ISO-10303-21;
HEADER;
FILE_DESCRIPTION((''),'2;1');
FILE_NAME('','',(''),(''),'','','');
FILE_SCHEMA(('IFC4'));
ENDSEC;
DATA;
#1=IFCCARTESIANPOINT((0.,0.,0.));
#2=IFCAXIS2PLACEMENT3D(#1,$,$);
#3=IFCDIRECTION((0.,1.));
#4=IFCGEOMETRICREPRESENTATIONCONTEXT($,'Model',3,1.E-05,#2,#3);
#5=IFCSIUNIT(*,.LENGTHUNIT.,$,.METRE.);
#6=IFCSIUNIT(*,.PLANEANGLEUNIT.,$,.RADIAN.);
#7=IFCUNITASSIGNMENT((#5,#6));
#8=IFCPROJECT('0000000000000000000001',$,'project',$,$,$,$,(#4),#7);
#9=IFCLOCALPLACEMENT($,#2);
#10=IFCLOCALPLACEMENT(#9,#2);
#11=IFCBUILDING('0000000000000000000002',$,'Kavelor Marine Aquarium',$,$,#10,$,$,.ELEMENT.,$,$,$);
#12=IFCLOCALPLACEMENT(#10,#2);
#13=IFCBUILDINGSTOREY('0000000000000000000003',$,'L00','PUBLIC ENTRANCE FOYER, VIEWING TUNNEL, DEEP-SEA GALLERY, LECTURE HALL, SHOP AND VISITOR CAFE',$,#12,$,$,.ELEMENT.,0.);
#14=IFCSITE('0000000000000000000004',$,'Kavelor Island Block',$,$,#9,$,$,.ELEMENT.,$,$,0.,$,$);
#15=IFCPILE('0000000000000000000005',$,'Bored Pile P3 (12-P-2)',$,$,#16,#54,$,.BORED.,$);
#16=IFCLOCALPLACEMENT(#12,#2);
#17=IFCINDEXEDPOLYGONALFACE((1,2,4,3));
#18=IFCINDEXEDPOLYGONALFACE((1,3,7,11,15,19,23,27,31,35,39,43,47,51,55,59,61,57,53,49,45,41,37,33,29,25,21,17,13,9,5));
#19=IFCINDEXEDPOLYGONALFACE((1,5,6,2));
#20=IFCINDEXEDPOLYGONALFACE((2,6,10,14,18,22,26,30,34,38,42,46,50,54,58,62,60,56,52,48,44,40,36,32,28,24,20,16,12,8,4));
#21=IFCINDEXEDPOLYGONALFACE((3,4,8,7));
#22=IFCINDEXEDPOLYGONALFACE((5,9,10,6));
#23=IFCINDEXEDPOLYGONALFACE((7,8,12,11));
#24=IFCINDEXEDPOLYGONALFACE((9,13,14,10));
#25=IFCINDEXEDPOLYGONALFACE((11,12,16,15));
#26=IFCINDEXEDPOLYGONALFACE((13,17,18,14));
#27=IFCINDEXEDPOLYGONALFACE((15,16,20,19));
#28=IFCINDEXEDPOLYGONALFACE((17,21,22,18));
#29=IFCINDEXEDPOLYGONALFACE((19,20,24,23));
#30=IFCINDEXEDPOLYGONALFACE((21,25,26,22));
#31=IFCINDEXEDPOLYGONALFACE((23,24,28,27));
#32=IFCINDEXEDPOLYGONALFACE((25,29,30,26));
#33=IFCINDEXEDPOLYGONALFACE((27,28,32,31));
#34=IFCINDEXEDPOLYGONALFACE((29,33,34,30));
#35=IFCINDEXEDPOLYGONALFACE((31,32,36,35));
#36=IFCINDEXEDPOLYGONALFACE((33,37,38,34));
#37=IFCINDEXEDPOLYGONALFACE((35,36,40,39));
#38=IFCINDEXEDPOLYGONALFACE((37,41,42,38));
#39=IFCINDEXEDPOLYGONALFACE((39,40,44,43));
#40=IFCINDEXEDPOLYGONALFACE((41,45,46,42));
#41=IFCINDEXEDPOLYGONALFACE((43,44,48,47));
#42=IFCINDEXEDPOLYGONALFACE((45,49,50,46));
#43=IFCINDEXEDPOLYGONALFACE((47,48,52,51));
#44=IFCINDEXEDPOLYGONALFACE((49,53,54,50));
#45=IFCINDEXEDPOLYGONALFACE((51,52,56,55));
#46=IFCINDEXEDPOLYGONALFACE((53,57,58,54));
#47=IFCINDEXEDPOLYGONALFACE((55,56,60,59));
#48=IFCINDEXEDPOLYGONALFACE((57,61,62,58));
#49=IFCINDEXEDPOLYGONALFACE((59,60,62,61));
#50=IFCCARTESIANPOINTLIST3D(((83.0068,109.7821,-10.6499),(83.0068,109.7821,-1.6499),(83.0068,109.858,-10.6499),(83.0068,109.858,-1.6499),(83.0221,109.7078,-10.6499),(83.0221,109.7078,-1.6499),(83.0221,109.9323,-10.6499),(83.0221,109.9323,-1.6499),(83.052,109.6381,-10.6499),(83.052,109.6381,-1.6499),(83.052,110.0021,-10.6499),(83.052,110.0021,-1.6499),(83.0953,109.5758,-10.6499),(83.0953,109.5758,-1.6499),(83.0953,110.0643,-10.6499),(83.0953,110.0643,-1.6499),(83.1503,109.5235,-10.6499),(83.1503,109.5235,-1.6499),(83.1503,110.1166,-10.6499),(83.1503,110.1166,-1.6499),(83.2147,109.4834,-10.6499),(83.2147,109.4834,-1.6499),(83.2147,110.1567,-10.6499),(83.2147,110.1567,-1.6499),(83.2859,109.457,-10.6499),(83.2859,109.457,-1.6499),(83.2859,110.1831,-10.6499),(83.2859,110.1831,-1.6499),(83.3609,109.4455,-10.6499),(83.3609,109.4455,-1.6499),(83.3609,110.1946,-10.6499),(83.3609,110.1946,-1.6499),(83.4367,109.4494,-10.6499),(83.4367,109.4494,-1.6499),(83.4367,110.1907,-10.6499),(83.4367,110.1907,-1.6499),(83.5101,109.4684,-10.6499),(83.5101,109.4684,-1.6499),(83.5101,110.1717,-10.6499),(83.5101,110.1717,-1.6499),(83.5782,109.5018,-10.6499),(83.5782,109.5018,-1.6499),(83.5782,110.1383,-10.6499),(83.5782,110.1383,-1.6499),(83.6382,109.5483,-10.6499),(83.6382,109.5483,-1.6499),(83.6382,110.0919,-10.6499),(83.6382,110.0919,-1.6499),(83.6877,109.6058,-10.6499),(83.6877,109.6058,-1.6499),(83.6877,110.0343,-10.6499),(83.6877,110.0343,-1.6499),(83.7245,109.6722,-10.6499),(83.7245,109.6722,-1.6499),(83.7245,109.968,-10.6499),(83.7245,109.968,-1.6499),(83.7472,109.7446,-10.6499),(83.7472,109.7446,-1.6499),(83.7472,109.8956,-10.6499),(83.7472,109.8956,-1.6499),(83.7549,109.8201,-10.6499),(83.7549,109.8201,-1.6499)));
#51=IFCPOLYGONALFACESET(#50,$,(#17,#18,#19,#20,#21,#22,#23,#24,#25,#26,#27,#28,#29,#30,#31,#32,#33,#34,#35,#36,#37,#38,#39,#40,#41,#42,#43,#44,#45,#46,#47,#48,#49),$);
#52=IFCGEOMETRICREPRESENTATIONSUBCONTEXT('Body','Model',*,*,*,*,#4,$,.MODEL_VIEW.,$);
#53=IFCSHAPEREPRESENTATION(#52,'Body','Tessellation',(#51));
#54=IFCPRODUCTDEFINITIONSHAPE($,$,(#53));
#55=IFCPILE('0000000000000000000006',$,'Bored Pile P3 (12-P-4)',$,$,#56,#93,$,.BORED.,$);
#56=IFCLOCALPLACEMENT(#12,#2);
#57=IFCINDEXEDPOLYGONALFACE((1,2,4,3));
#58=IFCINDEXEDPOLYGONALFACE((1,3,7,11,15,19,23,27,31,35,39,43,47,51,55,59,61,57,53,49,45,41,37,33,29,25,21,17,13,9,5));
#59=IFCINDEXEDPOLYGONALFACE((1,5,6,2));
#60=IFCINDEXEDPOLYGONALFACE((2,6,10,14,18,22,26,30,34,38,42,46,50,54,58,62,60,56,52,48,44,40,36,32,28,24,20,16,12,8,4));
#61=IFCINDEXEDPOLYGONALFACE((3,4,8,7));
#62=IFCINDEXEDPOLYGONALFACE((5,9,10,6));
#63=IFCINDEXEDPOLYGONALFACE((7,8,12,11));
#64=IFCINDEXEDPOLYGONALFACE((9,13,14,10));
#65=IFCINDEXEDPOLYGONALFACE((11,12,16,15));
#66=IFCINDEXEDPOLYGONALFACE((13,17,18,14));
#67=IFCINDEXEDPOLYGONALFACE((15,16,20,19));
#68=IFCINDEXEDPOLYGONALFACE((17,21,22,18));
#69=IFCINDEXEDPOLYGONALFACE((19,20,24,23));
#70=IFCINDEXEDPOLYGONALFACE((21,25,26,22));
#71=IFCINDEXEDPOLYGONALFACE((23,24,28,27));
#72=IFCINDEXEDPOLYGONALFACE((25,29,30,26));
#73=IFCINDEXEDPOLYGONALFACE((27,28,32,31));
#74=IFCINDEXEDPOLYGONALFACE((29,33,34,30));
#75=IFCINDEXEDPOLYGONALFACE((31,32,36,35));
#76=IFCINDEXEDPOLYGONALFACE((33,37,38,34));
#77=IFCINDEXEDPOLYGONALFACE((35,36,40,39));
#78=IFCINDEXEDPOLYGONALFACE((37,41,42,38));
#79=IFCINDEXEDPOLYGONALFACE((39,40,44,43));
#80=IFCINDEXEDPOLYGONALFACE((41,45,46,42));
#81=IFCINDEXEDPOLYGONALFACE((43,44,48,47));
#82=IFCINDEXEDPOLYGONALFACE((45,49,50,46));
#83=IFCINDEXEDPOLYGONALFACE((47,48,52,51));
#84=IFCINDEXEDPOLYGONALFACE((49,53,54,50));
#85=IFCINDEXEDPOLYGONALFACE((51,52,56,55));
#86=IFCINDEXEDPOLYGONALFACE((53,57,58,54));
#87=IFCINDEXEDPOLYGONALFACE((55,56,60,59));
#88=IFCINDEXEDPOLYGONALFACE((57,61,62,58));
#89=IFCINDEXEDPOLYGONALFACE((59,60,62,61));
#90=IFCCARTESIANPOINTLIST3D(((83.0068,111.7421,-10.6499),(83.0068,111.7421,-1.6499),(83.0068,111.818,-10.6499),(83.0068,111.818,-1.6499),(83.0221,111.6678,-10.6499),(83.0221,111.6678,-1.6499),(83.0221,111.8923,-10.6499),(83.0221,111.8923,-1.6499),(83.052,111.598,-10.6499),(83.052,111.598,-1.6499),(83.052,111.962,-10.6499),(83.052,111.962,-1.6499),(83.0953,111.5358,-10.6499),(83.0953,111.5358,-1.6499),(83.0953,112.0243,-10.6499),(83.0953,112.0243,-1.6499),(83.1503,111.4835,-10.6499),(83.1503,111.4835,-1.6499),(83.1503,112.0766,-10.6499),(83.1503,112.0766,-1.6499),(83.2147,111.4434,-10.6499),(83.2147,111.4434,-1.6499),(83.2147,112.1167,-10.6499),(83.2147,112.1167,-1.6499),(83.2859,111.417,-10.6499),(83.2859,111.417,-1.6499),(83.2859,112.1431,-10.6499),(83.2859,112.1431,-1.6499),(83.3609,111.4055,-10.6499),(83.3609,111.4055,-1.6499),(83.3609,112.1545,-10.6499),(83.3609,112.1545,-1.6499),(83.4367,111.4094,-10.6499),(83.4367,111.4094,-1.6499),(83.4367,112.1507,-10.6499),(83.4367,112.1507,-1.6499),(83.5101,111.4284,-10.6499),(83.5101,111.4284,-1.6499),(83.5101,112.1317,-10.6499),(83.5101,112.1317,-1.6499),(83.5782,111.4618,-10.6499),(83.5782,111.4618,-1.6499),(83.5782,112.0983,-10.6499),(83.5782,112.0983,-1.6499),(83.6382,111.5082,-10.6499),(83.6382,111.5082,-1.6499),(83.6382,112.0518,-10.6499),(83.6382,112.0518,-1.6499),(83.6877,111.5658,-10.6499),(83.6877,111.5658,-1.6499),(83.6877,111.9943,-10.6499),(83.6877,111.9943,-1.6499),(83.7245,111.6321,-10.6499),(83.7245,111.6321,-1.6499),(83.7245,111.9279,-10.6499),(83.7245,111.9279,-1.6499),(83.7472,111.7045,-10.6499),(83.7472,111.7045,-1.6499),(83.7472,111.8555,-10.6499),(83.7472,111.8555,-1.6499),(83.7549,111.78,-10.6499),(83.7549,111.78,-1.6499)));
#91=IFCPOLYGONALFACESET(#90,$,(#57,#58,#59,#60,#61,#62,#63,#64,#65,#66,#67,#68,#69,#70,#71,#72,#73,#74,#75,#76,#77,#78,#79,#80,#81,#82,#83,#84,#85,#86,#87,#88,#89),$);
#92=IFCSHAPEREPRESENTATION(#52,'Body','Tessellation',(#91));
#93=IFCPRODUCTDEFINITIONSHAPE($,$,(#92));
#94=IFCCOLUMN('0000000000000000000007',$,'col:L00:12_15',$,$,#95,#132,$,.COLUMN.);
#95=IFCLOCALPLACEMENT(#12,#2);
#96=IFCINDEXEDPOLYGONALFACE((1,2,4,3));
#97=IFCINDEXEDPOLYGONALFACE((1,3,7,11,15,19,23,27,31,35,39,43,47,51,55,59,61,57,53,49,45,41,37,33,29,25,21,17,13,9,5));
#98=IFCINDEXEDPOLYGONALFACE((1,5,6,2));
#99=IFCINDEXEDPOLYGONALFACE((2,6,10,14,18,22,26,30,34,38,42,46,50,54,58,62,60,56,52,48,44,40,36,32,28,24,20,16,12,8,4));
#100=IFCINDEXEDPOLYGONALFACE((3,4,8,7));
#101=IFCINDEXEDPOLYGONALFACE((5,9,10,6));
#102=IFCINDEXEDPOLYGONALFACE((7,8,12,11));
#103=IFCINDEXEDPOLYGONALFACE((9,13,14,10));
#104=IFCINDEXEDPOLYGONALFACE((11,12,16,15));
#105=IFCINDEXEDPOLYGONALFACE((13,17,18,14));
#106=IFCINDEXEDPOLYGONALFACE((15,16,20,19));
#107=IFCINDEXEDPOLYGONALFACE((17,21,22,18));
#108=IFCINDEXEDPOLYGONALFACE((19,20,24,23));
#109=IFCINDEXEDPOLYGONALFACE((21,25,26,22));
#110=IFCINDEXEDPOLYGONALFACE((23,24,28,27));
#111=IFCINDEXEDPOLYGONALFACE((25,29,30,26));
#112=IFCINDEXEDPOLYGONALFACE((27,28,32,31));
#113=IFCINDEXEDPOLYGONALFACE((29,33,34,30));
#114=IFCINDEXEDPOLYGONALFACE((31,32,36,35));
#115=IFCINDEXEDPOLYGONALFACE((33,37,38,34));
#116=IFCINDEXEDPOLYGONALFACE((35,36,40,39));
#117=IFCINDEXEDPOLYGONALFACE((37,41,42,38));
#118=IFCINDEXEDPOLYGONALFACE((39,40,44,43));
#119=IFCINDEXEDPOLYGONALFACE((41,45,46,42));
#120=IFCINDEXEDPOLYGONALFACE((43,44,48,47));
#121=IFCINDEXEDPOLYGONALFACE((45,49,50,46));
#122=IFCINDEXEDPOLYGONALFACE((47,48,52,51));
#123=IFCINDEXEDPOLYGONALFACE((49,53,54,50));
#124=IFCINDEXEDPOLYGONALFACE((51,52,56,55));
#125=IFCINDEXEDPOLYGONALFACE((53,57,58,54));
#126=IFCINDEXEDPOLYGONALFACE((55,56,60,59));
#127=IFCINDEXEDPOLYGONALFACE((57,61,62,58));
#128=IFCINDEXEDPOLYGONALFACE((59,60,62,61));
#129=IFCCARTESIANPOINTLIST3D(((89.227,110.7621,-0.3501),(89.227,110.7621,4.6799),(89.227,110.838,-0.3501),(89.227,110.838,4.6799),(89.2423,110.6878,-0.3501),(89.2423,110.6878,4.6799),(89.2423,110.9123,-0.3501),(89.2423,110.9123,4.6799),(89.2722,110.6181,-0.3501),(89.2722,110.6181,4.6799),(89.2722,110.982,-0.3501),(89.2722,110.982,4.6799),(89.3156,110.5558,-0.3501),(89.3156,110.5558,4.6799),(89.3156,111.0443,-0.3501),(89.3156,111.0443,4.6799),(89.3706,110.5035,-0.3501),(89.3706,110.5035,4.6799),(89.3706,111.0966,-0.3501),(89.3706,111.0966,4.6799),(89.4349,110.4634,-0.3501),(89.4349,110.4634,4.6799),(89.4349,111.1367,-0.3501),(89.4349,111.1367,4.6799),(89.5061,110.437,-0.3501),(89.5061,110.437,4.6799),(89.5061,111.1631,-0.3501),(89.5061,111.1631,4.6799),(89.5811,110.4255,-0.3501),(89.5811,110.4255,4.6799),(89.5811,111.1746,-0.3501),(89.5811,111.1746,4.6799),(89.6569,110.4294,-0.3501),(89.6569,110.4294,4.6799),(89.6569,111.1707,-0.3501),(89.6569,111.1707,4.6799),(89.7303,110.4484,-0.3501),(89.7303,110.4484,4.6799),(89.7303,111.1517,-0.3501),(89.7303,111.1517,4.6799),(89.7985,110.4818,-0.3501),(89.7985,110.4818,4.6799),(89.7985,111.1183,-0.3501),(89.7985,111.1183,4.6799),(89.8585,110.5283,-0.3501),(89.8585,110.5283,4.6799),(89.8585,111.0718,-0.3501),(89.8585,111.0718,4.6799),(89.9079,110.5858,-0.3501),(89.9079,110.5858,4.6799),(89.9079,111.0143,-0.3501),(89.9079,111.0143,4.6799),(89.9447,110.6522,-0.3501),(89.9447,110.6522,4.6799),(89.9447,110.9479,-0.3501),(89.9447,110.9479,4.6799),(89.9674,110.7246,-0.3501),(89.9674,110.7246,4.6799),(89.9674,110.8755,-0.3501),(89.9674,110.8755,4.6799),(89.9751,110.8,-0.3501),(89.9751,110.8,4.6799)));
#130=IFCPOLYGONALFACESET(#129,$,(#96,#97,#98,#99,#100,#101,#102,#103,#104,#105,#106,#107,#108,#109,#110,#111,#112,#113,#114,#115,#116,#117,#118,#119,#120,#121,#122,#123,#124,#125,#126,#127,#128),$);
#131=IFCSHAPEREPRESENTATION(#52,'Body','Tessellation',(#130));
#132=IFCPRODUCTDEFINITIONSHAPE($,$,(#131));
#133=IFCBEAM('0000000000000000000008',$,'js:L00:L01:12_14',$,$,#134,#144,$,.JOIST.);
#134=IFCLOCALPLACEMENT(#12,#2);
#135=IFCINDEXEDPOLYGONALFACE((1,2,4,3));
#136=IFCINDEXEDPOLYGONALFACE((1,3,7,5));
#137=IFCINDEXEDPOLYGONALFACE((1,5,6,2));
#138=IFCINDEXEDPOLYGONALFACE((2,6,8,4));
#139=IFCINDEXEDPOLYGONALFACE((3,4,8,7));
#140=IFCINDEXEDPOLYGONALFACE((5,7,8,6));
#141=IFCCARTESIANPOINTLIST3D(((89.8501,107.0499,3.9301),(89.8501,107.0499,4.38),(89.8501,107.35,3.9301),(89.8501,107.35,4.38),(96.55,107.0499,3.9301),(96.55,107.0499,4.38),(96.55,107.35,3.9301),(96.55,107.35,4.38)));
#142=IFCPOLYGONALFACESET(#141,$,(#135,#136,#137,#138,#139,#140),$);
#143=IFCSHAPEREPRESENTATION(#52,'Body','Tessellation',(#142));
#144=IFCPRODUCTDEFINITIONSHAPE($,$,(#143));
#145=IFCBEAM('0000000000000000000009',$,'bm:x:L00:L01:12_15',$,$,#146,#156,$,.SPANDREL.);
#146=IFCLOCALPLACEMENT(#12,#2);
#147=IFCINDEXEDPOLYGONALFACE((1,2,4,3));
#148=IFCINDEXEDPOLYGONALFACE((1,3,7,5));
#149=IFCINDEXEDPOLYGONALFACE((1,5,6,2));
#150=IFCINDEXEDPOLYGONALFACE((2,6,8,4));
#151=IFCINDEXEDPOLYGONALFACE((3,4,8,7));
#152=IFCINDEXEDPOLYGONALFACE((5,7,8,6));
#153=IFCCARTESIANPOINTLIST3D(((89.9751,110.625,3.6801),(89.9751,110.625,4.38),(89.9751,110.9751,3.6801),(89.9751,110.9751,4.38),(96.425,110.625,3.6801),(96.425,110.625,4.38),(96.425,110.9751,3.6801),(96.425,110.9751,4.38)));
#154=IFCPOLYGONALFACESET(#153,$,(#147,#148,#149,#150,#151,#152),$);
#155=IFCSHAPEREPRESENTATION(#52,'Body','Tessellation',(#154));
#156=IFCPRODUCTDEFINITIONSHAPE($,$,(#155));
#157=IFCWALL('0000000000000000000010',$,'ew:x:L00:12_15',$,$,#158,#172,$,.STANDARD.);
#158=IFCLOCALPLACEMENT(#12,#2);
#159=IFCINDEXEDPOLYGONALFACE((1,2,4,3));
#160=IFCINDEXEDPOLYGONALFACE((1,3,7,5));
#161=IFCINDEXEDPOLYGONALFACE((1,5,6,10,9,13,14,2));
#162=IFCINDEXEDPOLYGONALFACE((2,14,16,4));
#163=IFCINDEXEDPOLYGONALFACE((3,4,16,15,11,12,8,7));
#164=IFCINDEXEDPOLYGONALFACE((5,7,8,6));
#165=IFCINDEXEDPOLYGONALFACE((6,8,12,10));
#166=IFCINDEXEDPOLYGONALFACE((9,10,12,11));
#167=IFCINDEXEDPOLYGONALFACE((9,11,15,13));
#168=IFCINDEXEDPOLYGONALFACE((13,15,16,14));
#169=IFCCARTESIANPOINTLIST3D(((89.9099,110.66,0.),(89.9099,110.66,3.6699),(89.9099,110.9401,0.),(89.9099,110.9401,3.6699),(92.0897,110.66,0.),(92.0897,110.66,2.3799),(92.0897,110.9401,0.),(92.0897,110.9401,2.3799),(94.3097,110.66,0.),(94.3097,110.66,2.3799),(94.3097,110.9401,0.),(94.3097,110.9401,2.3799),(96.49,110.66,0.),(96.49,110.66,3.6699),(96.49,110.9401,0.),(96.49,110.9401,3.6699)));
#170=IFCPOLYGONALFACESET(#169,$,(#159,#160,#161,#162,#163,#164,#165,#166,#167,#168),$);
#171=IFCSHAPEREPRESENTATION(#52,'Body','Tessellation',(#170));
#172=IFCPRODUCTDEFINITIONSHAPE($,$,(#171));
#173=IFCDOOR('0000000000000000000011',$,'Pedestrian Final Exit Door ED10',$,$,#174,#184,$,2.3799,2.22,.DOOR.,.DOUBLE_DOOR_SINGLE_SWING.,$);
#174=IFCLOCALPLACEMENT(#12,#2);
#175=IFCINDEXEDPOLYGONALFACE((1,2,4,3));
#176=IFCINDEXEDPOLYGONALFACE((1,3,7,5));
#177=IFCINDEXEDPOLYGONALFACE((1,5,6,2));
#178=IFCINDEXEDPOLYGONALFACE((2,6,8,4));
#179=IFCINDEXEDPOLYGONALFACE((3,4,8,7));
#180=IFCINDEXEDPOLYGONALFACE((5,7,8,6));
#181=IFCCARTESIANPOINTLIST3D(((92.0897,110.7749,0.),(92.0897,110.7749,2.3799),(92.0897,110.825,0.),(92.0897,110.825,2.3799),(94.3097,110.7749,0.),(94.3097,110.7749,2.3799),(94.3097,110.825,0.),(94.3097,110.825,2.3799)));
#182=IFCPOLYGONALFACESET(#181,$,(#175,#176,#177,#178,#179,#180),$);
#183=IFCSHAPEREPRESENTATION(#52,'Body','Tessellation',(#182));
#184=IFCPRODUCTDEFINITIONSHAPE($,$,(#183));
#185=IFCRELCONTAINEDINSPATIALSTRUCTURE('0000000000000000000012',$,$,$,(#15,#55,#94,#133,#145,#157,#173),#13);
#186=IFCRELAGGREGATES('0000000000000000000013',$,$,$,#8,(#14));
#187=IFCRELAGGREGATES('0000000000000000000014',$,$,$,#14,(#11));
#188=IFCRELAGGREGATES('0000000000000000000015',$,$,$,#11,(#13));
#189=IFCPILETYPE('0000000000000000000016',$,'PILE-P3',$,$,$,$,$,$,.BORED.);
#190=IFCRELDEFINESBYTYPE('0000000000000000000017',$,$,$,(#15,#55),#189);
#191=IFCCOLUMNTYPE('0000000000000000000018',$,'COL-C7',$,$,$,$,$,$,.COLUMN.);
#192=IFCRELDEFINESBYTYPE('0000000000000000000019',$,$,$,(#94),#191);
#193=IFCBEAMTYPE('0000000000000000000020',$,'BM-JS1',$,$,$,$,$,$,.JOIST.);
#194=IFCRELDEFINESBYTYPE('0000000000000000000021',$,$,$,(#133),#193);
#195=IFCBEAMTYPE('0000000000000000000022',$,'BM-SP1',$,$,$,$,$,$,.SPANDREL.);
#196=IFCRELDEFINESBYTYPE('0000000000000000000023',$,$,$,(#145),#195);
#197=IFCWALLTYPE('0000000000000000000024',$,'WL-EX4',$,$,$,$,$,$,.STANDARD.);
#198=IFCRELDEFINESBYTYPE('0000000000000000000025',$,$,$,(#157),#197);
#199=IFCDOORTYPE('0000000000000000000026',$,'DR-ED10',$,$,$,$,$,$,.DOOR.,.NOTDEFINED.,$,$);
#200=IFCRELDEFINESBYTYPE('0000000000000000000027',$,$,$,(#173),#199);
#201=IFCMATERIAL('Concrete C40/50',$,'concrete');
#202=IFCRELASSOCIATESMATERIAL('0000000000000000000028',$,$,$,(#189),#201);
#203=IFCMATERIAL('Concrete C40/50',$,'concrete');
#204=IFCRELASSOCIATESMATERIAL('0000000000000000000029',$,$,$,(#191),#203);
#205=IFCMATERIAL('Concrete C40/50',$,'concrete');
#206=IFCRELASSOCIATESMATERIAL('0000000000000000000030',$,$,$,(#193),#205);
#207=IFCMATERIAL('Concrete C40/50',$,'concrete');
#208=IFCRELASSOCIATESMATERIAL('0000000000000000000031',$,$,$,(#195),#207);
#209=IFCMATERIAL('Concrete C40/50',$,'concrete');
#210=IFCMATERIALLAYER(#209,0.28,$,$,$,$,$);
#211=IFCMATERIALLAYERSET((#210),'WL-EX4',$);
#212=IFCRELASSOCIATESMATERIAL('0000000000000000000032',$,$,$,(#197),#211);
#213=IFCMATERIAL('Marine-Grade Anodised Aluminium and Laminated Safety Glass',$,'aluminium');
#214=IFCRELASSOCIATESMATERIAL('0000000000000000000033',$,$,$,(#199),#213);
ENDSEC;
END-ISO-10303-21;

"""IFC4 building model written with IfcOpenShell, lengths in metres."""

from ifc_helpers import new_model, si_unit, direction, frame, frame_2d, origin, origin_2d, place, context, subcontext, project, spatial, rectangle, circle, extrude, material, layer, layer_set, material_profile, profile_set, type_object, element, fill, save


model = new_model("IFC4")

# Units and contexts
model_context = context("Model", 3, precision=1e-05, world=origin(), true_north=direction((0.0, 1.0)))
body_context = subcontext(model_context, "Body", "Model", "MODEL_VIEW")
ifc_project = project(units=[si_unit("LENGTHUNIT", "METRE"), si_unit("PLANEANGLEUNIT", "RADIAN")], contexts=[model_context])

# Site, building, storey
site_placement = place(None, origin())
site = spatial("IfcSite", under=ifc_project, at=site_placement, Name="Kavelor Island Block", CompositionType="ELEMENT", RefElevation=0.0)
building_placement = place(site_placement, origin())
building = spatial("IfcBuilding", under=site, at=building_placement, Name="Kavelor Marine Aquarium", CompositionType="ELEMENT")
storey_placement = place(building_placement, origin())
storey = spatial("IfcBuildingStorey", under=building, at=storey_placement, Name="L00", Description="PUBLIC ENTRANCE FOYER, VIEWING TUNNEL, DEEP-SEA GALLERY, LECTURE HALL, SHOP AND VISITOR CAFE", CompositionType="ELEMENT", Elevation=0.0)

# Piles
ifc_material_1 = material(Name="Concrete C40/50", Category="concrete")
ifc_material_profile_1 = material_profile(ifc_material_1, circle(Radius=0.375, at=origin_2d()), Name="PILE D750")
ifc_profile_set_1 = profile_set([ifc_material_profile_1], Name="Concrete C40/50")
pile_type_1 = type_object("IfcPileType", Name="PILE-P3", PredefinedType="BORED", material=ifc_profile_set_1)
for number, where, z_axis, x_axis, name in (
    (1, (83.3799, 109.8201, -1.6499), (0.0, 0.0, -1.0), (1.0, 0.0, 0.0), "Bored Pile P3 (12-P-2)"),
    (2, (83.3799, 111.78, -1.6499), (0.0, 0.0, -1.0), (1.0, 0.0, 0.0), "Bored Pile P3 (12-P-4)"),
):
    element("IfcPile", number, at=place(storey_placement, frame(where, z_axis=z_axis, x_axis=x_axis)), inside=storey, type_object=pile_type_1, Name=name, PredefinedType="BORED", context=body_context, shape_type="SweptSolid", body=[
        extrude(circle(Radius=0.375, at=origin_2d()), origin(), (0.0, 0.0, 1.0), 9.0),
    ])

# Column
ifc_material_2 = material(Name="Concrete C40/50", Category="concrete")
ifc_material_profile_2 = material_profile(ifc_material_2, circle(Radius=0.375, at=origin_2d()), Name="RC-COL D750")
ifc_profile_set_2 = profile_set([ifc_material_profile_2], Name="Concrete C40/50")
column_type = type_object("IfcColumnType", Name="COL-C7", PredefinedType="COLUMN", material=ifc_profile_set_2)
column_placement = place(storey_placement, frame((89.6001, 110.8, -0.3501), z_axis=(0.0, 0.0, 1.0), x_axis=(1.0, 0.0, 0.0)))
element("IfcColumn", 3, at=column_placement, inside=storey, type_object=column_type, Name="col:L00:12_15", PredefinedType="COLUMN", context=body_context, shape_type="SweptSolid", body=[
    extrude(circle(Radius=0.375, at=origin_2d()), origin(), (0.0, 0.0, 1.0), 5.03),
])

# Beams
ifc_material_3 = material(Name="Concrete C40/50", Category="concrete")
ifc_material_profile_3 = material_profile(ifc_material_3, rectangle(XDim=0.3, YDim=0.45, at=origin_2d()), Name="RC-JS 300x450")
ifc_profile_set_3 = profile_set([ifc_material_profile_3], Name="Concrete C40/50")
beam_type_1 = type_object("IfcBeamType", Name="BM-JS1", PredefinedType="JOIST", material=ifc_profile_set_3)
beam_1_placement = place(storey_placement, frame((89.8501, 107.2, 4.155), z_axis=(1.0, 0.0, 0.0), x_axis=(0.0, 1.0, 0.0)))
element("IfcBeam", 4, at=beam_1_placement, inside=storey, type_object=beam_type_1, Name="js:L00:L01:12_14", PredefinedType="JOIST", context=body_context, shape_type="SweptSolid", body=[
    extrude(rectangle(XDim=0.3, YDim=0.45, at=origin_2d()), origin(), (0.0, 0.0, 1.0), 6.7),
])
ifc_material_4 = material(Name="Concrete C40/50", Category="concrete")
ifc_material_profile_4 = material_profile(ifc_material_4, rectangle(XDim=0.3501, YDim=0.7, at=origin_2d()), Name="RC-SP 350x700")
ifc_profile_set_4 = profile_set([ifc_material_profile_4], Name="Concrete C40/50")
beam_type_2 = type_object("IfcBeamType", Name="BM-SP1", PredefinedType="SPANDREL", material=ifc_profile_set_4)
beam_2_placement = place(storey_placement, frame((89.9751, 110.8, 4.03), z_axis=(1.0, 0.0, 0.0), x_axis=(0.0, 1.0, 0.0)))
element("IfcBeam", 5, at=beam_2_placement, inside=storey, type_object=beam_type_2, Name="bm:x:L00:L01:12_15", PredefinedType="SPANDREL", context=body_context, shape_type="SweptSolid", body=[
    extrude(rectangle(XDim=0.3501, YDim=0.7, at=origin_2d()), origin(), (0.0, 0.0, 1.0), 6.45),
])

# Wall, opening, door
ifc_material_5 = material(Name="Concrete C40/50", Category="concrete")
ifc_layer_1 = layer(ifc_material_5, 0.28)
ifc_layer_set_1 = layer_set([ifc_layer_1], Name="WL-EX4")
wall_type_1 = type_object("IfcWallType", Name="WL-EX4", PredefinedType="STANDARD", material=ifc_layer_set_1)
wall_1_placement = place(storey_placement, frame((89.9099, 110.8, 0.0), z_axis=(0.0, 0.0, 1.0), x_axis=(1.0, 0.0, 0.0)))
wall_1 = element("IfcWall", 6, at=wall_1_placement, inside=storey, type_object=wall_type_1, Name="ew:x:L00:12_15", PredefinedType="STANDARD", context=body_context, shape_type="SweptSolid", body=[
    extrude(rectangle(XDim=6.5801, YDim=0.28, at=frame_2d((3.29, 0.0))), origin(), (0.0, 0.0, 1.0), 3.6699),
])
opening_1_placement = place(wall_1_placement, frame((2.1799, 0.0, 0.0)))
opening_1 = element("IfcOpeningElement", 7, at=opening_1_placement, cuts=wall_1, PredefinedType="OPENING", context=body_context, shape_type="SweptSolid", body=[
    extrude(rectangle(XDim=2.22, YDim=2.3799, at=frame_2d((1.1099, 1.1899))), frame((0.0, 0.1499, 0.0), z_axis=(0.0, -1.0, 0.0), x_axis=(1.0, 0.0, 0.0)), (0.0, 0.0, 1.0), 0.3),
])
ifc_material_6 = material(Name="Marine-Grade Anodised Aluminium and Laminated Safety Glass", Category="aluminium")
door_type_1 = type_object("IfcDoorType", Name="DR-ED10", OperationType="NOTDEFINED", PredefinedType="DOOR", material=ifc_material_6)
door_1_placement = place(opening_1_placement, origin())
door_1 = element("IfcDoor", 8, at=door_1_placement, inside=storey, type_object=door_type_1, Name="Pedestrian Final Exit Door ED10", OperationType="DOUBLE_DOOR_SINGLE_SWING", OverallHeight=2.3799, OverallWidth=2.22, PredefinedType="DOOR", context=body_context, shape_type="SweptSolid", body=[
    extrude(rectangle(XDim=2.22, YDim=2.3799, at=frame_2d((1.1099, 1.1899))), frame((0.0, 0.0249, 0.0), z_axis=(0.0, -1.0, 0.0), x_axis=(1.0, 0.0, 0.0)), (0.0, 0.0, 1.0), 0.05),
])
fill(opening_1, door_1)

save(model, "model.ifc")
